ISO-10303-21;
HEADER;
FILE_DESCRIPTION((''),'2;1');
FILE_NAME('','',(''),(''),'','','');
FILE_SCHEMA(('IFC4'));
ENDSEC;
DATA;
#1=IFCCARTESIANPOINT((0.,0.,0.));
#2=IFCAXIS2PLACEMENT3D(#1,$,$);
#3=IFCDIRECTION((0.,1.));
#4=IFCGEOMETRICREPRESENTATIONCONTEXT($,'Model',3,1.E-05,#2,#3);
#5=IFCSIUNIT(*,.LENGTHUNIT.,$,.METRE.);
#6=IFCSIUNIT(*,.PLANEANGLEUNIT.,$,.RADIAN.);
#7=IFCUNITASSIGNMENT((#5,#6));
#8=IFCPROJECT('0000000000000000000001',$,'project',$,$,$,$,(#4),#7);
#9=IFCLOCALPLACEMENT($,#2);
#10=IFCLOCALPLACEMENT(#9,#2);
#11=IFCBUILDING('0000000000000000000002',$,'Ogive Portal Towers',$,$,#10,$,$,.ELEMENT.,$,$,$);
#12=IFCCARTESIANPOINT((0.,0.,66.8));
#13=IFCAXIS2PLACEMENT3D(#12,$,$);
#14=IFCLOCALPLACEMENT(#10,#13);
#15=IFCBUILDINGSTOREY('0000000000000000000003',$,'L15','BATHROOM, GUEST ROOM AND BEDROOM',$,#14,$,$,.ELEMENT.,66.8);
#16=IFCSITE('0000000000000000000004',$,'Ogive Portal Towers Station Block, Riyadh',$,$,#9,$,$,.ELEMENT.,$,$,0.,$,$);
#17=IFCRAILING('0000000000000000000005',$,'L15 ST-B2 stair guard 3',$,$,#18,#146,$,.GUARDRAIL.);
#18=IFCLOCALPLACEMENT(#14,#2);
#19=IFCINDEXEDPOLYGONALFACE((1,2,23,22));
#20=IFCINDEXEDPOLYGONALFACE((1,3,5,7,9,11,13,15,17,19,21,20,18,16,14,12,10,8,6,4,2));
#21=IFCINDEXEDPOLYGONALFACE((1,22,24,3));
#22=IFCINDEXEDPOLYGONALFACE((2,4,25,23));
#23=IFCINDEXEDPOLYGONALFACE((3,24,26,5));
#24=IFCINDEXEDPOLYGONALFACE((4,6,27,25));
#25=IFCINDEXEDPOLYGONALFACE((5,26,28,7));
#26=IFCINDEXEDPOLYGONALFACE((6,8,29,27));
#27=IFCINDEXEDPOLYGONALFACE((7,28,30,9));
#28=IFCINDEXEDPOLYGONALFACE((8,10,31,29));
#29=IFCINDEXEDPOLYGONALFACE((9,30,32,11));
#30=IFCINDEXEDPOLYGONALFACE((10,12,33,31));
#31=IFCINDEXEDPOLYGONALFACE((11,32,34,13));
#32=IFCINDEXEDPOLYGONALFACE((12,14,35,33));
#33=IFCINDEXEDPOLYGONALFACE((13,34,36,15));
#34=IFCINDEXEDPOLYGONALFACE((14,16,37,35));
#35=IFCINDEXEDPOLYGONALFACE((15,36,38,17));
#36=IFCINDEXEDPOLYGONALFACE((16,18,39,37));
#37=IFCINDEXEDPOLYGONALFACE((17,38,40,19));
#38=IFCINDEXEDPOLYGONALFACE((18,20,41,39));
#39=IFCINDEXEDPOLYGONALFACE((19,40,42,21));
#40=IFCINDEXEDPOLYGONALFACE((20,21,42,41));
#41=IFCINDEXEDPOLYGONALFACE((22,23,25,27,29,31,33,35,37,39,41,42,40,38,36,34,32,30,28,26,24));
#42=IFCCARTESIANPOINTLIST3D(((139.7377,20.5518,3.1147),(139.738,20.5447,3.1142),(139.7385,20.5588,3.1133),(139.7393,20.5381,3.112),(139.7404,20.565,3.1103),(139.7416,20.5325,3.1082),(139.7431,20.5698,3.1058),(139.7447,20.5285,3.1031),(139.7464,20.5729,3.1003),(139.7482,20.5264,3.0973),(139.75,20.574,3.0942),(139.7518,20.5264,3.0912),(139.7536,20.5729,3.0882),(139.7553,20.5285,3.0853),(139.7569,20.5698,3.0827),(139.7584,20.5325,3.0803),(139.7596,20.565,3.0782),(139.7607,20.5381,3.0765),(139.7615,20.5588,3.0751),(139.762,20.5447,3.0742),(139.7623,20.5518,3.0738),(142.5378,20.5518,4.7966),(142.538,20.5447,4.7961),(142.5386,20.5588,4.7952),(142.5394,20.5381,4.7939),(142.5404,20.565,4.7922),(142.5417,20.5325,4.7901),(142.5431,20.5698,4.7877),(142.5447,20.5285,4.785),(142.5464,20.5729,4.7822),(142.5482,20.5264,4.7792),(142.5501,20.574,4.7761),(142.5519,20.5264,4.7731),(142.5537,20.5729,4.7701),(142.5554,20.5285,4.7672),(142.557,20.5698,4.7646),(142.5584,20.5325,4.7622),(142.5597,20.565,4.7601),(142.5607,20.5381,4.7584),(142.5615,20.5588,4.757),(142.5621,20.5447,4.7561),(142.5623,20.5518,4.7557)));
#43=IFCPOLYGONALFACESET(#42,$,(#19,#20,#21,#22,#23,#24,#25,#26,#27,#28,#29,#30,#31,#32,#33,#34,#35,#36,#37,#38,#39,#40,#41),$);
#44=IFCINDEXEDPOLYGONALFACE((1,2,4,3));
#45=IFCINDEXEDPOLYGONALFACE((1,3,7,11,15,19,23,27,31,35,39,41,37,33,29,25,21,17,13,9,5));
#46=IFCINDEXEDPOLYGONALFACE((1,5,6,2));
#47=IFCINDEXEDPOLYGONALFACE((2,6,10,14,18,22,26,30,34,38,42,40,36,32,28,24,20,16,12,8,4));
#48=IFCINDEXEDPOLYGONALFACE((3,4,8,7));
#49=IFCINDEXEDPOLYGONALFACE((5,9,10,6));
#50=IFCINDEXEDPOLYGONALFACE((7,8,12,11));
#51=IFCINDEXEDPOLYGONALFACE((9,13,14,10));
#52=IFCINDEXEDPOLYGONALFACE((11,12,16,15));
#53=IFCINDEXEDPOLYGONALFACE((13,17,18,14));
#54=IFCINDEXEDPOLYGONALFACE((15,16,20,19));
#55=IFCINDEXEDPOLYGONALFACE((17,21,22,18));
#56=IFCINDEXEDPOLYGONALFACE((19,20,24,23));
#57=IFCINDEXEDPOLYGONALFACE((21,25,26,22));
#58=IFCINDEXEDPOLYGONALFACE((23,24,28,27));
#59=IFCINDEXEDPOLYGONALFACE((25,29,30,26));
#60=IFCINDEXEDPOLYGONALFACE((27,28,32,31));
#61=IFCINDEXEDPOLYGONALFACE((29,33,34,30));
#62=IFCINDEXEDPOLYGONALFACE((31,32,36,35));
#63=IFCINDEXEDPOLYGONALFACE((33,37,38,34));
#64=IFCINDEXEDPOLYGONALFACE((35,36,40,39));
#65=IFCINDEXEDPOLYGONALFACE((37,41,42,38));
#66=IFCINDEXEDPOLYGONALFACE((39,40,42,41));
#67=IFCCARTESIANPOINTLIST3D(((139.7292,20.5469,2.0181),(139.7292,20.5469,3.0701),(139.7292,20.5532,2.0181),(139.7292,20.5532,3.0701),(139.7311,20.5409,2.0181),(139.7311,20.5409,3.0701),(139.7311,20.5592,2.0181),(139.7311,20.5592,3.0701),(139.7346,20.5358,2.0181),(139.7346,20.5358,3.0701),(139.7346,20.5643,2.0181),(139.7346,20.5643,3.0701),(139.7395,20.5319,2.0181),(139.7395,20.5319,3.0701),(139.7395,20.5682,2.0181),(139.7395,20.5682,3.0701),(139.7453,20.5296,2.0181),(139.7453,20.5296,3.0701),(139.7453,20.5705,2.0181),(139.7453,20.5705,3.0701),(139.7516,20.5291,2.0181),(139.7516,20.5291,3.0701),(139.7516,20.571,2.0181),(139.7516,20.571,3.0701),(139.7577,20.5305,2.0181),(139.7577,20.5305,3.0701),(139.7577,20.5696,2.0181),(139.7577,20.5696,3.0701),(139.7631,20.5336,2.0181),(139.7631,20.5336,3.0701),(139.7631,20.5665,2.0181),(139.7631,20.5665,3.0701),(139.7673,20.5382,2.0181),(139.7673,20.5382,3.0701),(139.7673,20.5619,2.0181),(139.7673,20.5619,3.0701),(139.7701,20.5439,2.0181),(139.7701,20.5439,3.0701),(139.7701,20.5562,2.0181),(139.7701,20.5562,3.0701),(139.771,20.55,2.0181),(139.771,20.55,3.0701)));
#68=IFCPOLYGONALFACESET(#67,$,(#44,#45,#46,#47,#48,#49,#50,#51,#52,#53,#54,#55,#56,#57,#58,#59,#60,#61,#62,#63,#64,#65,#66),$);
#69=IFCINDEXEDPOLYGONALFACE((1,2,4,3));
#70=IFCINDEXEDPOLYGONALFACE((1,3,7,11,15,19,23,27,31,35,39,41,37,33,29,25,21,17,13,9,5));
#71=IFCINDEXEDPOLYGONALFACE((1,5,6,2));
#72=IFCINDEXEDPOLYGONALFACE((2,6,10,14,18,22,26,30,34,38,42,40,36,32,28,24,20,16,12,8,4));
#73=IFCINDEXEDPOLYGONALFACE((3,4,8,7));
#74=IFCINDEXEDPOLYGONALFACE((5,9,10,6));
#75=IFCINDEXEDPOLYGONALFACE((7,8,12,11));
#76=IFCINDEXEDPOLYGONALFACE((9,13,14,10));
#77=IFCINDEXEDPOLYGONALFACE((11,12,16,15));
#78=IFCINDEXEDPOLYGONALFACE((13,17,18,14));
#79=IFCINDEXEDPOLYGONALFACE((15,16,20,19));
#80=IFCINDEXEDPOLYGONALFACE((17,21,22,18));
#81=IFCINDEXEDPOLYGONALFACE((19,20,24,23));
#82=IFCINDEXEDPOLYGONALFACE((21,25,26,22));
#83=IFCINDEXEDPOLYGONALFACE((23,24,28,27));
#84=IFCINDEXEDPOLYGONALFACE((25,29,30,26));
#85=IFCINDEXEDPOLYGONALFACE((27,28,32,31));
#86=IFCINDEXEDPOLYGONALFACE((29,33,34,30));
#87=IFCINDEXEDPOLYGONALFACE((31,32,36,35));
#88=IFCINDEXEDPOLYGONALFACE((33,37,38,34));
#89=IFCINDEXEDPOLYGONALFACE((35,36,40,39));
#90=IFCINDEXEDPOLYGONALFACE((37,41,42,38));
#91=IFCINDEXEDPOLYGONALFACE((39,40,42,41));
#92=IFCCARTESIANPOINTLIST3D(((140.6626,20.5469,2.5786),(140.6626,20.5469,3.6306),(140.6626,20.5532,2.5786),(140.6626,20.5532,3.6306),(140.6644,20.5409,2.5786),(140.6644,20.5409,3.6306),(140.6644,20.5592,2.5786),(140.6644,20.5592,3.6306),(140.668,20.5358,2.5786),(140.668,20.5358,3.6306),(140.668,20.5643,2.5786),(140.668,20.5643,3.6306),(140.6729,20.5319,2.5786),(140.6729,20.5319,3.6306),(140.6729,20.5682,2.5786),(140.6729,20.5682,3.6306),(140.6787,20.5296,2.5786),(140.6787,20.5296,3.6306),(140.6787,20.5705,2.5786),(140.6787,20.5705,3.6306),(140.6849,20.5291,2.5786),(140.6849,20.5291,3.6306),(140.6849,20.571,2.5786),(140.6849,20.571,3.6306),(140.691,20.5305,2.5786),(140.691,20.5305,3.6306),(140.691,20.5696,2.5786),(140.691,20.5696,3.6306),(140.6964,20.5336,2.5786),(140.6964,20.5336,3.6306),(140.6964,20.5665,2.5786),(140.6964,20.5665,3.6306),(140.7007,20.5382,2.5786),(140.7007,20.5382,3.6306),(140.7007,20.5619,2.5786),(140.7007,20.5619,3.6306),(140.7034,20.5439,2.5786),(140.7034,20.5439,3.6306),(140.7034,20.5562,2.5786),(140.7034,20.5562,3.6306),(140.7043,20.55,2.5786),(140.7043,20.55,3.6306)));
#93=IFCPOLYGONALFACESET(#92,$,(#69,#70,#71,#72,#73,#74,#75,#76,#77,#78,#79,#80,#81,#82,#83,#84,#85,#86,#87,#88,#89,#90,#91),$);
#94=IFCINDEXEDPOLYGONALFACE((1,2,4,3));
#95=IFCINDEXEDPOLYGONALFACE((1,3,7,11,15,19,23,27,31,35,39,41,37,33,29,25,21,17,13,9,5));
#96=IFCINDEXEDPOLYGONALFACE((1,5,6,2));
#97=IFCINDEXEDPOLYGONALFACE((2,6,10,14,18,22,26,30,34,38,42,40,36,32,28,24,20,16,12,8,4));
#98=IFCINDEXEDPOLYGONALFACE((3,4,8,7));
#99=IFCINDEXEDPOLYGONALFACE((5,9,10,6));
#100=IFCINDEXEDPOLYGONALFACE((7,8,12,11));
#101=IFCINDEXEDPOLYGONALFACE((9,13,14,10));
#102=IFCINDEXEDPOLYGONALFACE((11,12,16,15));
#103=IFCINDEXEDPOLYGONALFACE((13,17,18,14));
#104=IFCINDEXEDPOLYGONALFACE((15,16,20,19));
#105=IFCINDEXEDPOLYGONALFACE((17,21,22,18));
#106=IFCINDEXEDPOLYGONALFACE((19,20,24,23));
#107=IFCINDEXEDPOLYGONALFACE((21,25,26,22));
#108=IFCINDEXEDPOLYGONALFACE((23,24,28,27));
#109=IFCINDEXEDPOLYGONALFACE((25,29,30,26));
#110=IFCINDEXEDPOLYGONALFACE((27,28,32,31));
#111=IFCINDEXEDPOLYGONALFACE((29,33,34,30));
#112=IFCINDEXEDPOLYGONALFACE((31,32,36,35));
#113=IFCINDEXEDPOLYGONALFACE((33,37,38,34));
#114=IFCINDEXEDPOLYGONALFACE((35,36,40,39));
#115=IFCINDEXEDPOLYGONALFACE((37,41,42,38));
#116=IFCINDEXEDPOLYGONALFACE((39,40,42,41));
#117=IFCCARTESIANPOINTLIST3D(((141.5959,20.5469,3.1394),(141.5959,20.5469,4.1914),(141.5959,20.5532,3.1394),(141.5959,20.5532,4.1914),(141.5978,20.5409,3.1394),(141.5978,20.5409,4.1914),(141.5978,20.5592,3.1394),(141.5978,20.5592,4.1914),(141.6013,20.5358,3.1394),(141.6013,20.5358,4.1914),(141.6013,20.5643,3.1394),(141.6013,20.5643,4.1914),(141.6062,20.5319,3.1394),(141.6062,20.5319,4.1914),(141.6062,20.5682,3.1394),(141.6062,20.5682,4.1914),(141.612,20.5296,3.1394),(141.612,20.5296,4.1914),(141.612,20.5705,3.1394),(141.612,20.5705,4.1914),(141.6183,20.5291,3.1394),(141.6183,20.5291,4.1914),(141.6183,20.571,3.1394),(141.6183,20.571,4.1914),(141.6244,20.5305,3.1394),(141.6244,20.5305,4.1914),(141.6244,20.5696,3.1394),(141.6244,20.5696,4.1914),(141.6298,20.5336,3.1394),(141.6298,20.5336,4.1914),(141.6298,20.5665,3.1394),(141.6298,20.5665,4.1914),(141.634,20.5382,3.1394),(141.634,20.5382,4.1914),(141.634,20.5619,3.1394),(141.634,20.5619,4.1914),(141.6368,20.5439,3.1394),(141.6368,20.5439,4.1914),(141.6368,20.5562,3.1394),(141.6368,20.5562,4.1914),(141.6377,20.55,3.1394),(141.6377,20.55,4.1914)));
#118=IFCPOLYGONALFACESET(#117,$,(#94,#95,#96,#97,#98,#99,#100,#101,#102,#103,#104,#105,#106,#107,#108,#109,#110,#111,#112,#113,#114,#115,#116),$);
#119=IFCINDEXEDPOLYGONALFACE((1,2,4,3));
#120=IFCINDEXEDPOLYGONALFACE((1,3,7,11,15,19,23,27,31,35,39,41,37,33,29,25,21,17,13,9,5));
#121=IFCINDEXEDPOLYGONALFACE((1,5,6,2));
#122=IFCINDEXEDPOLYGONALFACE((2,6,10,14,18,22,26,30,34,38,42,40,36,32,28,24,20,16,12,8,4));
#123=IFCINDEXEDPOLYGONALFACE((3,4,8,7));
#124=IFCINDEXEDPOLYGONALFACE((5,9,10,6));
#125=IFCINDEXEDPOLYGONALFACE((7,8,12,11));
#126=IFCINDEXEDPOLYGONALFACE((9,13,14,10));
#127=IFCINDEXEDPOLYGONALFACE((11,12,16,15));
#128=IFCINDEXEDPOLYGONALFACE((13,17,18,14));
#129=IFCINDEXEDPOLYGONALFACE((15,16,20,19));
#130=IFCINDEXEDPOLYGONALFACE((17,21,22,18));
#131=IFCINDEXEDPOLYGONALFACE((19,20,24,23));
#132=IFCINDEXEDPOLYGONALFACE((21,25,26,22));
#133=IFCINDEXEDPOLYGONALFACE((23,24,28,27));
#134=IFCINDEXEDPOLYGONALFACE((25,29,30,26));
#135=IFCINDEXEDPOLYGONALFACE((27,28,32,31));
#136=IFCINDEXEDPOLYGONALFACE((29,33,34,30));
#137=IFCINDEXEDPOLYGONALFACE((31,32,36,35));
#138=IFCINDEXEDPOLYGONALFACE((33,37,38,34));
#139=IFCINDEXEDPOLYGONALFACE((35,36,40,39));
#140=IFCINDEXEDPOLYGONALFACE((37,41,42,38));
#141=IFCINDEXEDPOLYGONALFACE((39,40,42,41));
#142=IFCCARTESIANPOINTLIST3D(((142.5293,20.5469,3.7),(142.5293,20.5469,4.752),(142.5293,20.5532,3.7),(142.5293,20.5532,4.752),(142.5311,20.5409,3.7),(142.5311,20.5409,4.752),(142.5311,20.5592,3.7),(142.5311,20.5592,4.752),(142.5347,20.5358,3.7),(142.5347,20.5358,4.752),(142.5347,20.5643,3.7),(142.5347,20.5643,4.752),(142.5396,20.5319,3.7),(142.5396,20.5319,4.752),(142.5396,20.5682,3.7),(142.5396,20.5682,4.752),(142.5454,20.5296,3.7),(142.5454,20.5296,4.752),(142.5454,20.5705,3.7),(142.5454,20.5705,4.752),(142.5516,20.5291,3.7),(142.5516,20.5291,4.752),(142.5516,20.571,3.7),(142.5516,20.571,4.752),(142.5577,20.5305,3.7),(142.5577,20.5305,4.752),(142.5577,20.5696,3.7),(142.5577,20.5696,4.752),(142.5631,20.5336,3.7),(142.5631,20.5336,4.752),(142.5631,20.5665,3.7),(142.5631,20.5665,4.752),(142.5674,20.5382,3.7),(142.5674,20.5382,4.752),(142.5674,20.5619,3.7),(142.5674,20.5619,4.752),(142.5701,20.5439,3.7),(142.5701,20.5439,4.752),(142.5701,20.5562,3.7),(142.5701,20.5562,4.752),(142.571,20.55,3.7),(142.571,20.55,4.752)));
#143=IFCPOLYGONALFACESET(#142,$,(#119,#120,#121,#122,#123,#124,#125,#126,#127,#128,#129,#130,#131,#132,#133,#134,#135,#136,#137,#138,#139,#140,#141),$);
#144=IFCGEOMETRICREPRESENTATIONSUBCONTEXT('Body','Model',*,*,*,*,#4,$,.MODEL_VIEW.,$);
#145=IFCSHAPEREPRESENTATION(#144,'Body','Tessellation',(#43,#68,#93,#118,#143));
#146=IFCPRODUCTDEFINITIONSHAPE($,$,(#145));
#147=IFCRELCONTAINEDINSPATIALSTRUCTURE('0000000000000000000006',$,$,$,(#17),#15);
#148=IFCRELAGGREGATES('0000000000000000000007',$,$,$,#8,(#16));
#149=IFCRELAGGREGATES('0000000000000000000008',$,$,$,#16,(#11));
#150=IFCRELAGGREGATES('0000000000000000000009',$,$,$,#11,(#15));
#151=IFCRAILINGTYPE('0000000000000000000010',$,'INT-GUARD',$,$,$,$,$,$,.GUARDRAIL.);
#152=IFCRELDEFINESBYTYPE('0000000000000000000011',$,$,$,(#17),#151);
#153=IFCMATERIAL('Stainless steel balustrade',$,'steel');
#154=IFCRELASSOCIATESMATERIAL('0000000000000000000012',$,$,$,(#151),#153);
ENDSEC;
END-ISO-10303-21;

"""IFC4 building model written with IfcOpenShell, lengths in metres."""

from ifc_helpers import new_model, si_unit, direction, frame, origin, origin_2d, place, context, subcontext, project, spatial, circle, extrude, material, type_object, element, save


model = new_model("IFC4")

# Units and contexts
model_context = context("Model", 3, precision=1e-05, world=origin(), true_north=direction((0.0, 1.0)))
body_context = subcontext(model_context, "Body", "Model", "MODEL_VIEW")
ifc_project = project(units=[si_unit("LENGTHUNIT", "METRE"), si_unit("PLANEANGLEUNIT", "RADIAN")], contexts=[model_context])

# Site, building, storey
site_placement = place(None, origin())
site = spatial("IfcSite", under=ifc_project, at=site_placement, Name="Ogive Portal Towers Station Block, Riyadh", CompositionType="ELEMENT", RefElevation=0.0)
building_placement = place(site_placement, origin())
building = spatial("IfcBuilding", under=site, at=building_placement, Name="Ogive Portal Towers", CompositionType="ELEMENT")
storey_placement = place(building_placement, frame((0.0, 0.0, 66.8)))
storey = spatial("IfcBuildingStorey", under=building, at=storey_placement, Name="L15", Description="BATHROOM, GUEST ROOM AND BEDROOM", CompositionType="ELEMENT", Elevation=66.8)

# Railing
ifc_material_1 = material(Name="Stainless steel balustrade", Category="steel")
railing_type_1 = type_object("IfcRailingType", Name="INT-GUARD", PredefinedType="GUARDRAIL", material=ifc_material_1)
railing_1_placement = place(storey_placement, frame((139.75, 20.55, 2.0181)))
element("IfcRailing", 1, at=railing_1_placement, inside=storey, type_object=railing_type_1, Name="L15 ST-B2 stair guard 3", PredefinedType="GUARDRAIL", context=body_context, shape_type="SweptSolid", body=[
    extrude(circle(Radius=0.0239, at=origin_2d()), frame((0.0, 0.0, 1.0762), z_axis=(0.857242, 0.0, 0.514913), x_axis=(0.0, 1.0, 0.0)), (0.0, 0.0, 1.0), 3.2664),
    extrude(circle(Radius=0.021, at=origin_2d()), origin(), (0.0, 0.0, 1.0), 1.052),
    extrude(circle(Radius=0.021, at=origin_2d()), frame((0.9333, 0.0, 0.5605)), (0.0, 0.0, 1.0), 1.052),
    extrude(circle(Radius=0.021, at=origin_2d()), frame((1.8667, 0.0, 1.1213)), (0.0, 0.0, 1.0), 1.052),
    extrude(circle(Radius=0.021, at=origin_2d()), frame((2.8, 0.0, 1.6819)), (0.0, 0.0, 1.0), 1.052),
])

save(model, "model.ifc")
